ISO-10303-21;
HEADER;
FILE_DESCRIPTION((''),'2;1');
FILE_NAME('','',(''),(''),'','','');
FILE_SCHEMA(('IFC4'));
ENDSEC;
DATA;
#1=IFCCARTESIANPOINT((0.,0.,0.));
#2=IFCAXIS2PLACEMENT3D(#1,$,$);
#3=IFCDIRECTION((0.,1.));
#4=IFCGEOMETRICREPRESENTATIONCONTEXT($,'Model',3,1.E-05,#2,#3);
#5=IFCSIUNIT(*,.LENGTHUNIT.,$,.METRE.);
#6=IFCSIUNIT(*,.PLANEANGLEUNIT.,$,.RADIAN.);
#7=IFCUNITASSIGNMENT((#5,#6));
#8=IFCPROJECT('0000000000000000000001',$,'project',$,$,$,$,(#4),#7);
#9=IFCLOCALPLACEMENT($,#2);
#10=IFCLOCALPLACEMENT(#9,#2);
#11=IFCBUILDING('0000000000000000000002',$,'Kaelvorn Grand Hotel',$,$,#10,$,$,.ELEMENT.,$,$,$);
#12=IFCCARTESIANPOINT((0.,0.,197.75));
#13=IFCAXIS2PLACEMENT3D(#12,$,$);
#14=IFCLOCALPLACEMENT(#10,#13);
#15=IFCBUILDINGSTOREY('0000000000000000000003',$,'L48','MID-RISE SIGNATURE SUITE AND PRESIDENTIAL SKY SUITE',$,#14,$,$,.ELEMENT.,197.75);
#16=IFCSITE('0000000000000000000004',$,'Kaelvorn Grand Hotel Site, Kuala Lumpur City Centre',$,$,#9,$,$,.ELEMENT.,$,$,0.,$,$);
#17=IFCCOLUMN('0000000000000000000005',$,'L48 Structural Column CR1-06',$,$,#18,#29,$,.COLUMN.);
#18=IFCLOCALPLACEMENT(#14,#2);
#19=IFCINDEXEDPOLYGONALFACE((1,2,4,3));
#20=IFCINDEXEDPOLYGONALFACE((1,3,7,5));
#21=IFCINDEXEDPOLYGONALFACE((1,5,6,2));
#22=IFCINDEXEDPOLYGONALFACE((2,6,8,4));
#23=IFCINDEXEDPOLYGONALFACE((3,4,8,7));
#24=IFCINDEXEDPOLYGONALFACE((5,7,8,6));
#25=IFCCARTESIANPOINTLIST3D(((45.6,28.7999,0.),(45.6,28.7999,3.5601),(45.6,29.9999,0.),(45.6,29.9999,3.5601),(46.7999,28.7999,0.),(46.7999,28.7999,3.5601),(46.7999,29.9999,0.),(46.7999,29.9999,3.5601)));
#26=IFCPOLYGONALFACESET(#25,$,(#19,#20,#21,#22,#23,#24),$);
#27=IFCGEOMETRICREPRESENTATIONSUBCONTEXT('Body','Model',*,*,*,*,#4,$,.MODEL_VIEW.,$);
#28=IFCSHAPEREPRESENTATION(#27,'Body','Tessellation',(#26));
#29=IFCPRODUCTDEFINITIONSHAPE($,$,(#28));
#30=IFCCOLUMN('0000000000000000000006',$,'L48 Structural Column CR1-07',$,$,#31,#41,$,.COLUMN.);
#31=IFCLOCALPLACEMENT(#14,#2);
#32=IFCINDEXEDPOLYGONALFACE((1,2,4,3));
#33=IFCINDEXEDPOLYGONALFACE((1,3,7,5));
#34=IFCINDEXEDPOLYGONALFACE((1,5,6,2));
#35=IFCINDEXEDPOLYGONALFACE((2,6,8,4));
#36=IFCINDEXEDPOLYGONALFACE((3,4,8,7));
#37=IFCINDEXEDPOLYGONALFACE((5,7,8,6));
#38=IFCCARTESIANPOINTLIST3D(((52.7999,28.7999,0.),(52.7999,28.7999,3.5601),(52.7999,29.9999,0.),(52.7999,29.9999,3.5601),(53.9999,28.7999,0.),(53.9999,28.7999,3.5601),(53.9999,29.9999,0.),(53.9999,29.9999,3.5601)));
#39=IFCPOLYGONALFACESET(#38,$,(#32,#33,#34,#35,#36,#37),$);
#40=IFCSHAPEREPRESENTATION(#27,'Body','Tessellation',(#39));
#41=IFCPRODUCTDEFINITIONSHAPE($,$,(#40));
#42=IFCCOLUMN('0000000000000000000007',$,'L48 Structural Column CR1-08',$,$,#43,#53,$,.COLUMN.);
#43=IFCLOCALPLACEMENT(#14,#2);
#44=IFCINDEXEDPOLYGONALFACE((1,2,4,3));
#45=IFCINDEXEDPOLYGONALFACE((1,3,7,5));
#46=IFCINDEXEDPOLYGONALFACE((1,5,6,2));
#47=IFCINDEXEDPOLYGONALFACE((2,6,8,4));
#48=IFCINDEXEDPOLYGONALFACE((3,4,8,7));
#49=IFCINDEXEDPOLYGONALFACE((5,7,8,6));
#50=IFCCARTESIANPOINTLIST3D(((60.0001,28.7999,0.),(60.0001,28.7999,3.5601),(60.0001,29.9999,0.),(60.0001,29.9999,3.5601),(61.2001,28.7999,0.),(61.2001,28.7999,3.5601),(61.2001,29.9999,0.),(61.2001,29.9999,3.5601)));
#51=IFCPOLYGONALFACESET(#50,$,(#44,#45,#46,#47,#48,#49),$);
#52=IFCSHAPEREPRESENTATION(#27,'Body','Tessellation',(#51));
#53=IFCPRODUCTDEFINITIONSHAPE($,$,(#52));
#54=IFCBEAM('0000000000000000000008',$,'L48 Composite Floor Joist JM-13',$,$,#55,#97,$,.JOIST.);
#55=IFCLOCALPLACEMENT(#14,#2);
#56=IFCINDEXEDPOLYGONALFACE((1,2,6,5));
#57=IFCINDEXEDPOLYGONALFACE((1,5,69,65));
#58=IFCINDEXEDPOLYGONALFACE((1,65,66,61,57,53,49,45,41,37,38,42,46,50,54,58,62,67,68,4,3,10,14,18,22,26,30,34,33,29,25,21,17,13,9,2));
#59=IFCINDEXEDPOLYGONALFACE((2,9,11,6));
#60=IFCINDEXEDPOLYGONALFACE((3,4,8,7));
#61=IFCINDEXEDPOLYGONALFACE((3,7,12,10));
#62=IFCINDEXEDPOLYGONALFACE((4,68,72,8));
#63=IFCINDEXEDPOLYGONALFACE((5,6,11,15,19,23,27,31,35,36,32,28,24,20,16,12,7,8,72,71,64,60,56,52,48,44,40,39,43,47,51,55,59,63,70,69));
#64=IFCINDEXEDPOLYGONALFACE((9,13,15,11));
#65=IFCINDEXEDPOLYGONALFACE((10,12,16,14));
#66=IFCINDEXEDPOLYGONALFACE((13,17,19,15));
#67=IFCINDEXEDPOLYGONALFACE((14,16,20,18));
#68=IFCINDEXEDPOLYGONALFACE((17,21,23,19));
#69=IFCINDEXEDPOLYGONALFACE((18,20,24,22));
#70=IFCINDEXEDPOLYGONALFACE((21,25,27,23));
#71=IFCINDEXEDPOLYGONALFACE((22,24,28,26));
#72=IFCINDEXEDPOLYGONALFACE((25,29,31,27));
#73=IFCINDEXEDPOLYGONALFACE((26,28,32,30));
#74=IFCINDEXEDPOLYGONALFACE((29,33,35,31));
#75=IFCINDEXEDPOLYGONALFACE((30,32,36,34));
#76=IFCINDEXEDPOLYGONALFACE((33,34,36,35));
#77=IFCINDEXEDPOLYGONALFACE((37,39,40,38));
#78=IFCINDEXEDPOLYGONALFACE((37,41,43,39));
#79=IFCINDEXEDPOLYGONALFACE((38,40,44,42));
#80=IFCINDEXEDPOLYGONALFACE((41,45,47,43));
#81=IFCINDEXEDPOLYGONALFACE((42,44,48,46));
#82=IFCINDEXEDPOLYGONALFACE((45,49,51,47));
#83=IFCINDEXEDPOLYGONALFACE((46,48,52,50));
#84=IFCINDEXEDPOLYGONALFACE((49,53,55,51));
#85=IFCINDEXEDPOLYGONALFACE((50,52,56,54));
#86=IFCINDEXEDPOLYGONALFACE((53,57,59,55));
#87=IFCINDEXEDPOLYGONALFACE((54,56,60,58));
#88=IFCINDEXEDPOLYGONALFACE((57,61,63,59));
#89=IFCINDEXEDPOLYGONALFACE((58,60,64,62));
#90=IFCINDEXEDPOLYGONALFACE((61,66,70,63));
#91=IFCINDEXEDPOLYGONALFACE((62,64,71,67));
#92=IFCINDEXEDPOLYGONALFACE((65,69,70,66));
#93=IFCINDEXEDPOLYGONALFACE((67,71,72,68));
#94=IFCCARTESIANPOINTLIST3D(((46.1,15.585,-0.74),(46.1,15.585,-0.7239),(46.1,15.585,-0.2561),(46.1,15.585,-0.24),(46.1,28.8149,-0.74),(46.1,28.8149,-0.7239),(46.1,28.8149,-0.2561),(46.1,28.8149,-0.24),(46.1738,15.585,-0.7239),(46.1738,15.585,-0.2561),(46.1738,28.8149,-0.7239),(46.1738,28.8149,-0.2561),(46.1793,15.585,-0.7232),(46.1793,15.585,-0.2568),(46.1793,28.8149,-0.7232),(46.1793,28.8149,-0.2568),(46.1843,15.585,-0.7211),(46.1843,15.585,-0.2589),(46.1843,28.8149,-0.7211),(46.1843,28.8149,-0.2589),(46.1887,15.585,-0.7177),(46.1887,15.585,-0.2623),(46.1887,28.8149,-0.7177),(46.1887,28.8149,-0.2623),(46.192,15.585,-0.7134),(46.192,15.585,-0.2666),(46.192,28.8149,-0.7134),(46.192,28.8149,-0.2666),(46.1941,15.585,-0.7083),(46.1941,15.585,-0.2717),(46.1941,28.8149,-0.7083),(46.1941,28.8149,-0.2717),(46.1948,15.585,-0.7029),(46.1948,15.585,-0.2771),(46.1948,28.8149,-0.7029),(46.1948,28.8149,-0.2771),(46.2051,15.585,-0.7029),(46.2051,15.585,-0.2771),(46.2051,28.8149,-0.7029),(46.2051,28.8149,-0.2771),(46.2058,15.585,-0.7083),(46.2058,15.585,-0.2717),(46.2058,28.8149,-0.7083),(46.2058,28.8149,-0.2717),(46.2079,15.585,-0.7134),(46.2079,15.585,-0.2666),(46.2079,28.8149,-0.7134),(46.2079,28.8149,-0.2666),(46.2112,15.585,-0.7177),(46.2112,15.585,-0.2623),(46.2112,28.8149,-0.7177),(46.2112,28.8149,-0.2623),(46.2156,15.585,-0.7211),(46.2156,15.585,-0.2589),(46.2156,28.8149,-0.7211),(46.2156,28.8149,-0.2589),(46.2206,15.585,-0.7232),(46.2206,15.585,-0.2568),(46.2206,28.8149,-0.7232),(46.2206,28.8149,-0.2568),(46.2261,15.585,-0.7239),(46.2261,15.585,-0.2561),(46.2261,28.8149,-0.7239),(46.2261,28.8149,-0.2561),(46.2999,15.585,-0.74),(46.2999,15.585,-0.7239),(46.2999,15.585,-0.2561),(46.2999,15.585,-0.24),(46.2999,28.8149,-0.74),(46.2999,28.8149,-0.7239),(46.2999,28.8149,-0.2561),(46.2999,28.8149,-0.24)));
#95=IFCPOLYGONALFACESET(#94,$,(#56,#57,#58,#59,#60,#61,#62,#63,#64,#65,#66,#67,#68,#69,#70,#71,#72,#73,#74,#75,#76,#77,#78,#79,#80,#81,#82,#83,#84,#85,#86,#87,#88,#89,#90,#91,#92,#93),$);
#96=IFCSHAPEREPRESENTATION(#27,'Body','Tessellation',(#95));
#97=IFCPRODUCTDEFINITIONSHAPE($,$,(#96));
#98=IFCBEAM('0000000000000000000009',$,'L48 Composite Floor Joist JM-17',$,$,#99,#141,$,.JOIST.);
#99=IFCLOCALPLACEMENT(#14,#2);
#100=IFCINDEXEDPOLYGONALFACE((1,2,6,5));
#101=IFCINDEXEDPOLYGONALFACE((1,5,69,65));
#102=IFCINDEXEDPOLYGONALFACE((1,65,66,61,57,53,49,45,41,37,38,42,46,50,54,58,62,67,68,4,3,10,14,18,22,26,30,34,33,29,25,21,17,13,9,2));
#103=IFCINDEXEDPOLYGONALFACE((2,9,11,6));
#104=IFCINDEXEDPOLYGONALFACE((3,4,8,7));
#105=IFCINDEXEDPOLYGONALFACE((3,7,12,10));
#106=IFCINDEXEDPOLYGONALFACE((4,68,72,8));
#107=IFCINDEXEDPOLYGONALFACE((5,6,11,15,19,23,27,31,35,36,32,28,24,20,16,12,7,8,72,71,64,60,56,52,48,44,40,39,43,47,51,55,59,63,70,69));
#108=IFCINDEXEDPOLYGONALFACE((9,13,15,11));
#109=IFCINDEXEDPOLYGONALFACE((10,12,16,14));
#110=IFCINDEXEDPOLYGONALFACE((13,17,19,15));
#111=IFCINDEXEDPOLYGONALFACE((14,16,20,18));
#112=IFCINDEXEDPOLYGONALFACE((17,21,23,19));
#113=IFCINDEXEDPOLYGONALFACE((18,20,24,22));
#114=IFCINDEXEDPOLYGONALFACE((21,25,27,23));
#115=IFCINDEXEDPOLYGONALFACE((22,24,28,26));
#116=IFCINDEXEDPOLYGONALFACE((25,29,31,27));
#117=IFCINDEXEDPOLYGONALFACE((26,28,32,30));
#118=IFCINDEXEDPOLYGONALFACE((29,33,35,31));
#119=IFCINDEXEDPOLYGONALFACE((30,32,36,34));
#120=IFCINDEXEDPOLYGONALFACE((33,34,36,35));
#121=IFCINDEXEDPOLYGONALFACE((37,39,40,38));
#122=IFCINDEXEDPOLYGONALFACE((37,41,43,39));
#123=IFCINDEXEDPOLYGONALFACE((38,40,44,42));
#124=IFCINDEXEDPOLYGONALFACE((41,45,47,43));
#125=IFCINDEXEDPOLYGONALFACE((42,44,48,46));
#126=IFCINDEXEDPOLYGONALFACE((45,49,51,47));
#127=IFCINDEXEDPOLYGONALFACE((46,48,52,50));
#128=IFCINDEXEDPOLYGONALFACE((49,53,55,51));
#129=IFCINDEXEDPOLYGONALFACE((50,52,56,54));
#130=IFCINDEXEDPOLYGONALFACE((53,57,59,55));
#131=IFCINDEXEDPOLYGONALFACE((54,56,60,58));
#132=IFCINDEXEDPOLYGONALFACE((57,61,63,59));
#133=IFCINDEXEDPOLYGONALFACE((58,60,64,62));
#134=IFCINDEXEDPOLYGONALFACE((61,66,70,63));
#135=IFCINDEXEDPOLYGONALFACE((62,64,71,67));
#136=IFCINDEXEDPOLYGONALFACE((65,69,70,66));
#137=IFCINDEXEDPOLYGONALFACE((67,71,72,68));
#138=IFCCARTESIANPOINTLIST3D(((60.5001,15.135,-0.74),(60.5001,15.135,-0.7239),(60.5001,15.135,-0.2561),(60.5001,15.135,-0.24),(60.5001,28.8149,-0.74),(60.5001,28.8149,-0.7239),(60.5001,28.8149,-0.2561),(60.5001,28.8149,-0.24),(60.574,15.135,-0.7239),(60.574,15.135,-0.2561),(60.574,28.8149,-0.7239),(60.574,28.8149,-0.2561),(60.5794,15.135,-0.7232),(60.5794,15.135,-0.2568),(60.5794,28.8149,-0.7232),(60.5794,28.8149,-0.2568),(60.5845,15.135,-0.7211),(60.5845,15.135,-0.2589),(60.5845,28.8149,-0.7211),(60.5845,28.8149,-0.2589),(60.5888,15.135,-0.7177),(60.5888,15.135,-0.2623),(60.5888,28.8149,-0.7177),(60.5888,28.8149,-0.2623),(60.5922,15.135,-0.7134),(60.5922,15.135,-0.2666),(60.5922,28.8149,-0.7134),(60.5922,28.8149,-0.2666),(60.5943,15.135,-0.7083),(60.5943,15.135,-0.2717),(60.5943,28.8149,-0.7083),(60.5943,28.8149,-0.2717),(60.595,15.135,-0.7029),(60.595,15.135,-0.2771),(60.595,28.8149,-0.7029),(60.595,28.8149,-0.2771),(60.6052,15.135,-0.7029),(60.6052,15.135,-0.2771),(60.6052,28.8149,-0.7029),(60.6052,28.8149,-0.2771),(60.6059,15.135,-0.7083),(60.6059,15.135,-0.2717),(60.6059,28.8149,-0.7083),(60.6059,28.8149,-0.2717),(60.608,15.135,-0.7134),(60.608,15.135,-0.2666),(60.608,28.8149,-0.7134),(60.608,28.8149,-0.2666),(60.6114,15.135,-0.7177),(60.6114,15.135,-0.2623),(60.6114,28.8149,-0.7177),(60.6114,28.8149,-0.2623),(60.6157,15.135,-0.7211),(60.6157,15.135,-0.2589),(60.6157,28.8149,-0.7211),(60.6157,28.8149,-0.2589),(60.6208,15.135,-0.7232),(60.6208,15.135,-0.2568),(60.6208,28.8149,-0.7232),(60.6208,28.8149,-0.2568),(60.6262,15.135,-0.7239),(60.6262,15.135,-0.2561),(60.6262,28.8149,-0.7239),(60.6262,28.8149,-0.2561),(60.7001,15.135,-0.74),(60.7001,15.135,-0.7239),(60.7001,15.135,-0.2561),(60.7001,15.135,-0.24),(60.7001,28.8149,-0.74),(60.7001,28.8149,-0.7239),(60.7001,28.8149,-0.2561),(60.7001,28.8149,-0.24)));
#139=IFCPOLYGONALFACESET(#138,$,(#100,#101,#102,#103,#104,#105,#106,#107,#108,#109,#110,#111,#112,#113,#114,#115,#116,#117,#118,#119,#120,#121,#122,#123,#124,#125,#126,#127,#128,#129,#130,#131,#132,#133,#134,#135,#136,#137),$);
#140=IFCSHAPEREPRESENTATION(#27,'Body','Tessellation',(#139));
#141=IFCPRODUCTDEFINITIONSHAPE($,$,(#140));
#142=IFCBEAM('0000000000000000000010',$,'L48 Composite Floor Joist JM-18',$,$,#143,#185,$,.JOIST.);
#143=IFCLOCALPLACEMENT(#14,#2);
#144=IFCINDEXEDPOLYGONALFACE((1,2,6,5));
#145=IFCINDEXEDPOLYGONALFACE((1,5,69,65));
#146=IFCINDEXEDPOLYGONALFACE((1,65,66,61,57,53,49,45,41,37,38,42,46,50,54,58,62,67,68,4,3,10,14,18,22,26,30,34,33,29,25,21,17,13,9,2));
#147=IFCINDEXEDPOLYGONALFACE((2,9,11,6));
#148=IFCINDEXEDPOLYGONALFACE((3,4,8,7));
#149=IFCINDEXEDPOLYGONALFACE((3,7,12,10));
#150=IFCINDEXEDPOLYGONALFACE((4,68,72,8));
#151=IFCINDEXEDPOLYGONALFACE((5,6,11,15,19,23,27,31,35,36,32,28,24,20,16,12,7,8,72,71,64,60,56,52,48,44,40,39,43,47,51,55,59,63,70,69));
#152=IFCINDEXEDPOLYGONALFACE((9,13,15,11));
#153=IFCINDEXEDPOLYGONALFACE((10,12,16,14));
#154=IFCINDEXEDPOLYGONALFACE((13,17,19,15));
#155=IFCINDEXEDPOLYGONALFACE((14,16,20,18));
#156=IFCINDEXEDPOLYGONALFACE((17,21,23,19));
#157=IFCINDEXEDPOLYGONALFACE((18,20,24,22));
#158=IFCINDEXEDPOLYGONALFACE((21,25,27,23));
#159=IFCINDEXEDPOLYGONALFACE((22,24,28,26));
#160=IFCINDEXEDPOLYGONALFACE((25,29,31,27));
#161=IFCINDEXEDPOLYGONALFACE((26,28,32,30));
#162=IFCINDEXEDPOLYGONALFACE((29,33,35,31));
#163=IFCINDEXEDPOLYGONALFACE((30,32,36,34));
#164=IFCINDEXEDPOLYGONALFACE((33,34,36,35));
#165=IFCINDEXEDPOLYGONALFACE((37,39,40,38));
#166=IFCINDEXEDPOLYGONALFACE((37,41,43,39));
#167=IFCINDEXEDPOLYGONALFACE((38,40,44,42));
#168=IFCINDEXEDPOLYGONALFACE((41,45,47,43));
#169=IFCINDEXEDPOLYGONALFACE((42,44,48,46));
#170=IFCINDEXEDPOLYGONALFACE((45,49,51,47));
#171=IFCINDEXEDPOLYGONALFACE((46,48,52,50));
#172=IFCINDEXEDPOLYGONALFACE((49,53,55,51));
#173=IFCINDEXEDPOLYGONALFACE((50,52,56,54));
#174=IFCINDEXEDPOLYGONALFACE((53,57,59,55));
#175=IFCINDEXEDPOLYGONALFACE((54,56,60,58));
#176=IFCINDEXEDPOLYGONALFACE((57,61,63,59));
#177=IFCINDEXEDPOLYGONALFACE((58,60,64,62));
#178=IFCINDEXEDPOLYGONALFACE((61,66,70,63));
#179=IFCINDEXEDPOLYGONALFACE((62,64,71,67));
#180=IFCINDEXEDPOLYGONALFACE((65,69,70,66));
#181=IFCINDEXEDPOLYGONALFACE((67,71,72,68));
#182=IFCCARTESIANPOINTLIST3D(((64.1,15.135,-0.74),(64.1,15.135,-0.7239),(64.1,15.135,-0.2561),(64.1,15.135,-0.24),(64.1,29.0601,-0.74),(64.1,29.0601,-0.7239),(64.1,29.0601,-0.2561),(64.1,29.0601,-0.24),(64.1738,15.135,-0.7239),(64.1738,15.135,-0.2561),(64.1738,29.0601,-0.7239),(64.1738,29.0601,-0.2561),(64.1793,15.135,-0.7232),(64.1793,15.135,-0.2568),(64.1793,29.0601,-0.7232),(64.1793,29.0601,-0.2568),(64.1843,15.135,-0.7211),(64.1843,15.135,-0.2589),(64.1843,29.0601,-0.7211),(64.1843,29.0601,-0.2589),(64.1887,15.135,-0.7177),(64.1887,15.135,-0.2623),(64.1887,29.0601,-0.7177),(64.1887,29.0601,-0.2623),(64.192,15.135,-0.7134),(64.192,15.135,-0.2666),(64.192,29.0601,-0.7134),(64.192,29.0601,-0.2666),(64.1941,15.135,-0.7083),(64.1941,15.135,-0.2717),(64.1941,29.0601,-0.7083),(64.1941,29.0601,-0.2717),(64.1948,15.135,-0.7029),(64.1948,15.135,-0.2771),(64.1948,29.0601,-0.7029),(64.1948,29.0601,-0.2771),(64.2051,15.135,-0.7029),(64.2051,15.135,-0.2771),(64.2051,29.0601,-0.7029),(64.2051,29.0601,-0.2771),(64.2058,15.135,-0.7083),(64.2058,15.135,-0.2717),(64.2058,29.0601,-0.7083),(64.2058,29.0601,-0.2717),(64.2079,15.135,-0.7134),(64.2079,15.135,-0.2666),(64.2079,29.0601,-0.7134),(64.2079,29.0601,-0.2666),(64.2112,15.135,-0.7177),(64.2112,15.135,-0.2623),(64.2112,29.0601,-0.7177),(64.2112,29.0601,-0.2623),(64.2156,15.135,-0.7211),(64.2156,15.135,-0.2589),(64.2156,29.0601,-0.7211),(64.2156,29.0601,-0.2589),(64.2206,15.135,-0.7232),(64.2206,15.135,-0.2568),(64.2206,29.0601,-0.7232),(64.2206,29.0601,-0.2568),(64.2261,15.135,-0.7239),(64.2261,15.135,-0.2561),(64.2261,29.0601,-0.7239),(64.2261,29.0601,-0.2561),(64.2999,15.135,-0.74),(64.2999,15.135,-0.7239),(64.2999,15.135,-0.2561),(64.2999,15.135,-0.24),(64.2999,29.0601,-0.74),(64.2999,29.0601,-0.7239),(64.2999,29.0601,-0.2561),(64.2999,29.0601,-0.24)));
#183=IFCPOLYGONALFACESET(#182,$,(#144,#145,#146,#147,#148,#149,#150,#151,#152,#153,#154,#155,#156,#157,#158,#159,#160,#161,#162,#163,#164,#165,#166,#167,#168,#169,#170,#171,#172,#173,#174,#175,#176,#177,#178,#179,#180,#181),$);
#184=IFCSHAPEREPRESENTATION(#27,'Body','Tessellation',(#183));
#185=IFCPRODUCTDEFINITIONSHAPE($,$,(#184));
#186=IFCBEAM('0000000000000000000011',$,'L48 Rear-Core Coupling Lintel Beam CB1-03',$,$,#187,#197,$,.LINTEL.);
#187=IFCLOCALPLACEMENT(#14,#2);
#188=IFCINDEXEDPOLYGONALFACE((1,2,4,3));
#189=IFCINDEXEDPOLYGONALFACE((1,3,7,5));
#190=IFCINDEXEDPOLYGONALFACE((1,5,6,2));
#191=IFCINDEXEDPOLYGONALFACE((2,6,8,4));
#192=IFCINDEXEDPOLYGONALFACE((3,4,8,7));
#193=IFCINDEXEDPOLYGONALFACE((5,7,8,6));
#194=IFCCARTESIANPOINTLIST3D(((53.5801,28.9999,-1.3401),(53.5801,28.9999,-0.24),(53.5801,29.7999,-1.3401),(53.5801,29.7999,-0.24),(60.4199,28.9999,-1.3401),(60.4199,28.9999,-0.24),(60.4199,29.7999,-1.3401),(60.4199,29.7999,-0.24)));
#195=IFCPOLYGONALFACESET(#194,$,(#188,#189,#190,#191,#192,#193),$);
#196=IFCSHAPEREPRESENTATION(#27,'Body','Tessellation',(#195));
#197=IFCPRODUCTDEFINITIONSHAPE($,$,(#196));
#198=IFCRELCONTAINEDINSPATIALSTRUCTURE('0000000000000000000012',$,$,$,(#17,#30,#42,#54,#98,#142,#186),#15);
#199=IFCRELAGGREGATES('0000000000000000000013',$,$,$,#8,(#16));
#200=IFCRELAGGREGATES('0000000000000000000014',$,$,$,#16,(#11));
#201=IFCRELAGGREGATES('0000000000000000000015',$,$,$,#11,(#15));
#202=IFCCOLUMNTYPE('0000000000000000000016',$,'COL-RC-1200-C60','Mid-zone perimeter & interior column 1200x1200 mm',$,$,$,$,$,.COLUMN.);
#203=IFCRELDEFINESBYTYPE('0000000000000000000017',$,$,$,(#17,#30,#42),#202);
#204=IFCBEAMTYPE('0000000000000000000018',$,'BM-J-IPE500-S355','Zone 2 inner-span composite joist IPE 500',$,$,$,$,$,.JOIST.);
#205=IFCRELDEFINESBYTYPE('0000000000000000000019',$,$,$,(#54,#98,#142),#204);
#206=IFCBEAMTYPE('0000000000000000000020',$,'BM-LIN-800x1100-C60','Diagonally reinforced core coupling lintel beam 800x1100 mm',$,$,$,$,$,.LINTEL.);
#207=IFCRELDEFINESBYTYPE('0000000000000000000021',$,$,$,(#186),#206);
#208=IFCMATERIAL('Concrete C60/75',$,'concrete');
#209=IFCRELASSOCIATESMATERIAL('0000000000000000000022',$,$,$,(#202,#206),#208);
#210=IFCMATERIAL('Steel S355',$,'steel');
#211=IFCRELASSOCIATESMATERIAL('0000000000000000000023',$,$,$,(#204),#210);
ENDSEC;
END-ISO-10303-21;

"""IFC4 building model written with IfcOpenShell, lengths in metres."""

from ifc_helpers import new_model, si_unit, direction, frame, origin, origin_2d, place, context, subcontext, project, spatial, rectangle, i_section, extrude, material, material_profile, profile_set, type_object, element, save


model = new_model("IFC4")

# Units and contexts
model_context = context("Model", 3, precision=1e-05, world=origin(), true_north=direction((0.0, 1.0)))
body_context = subcontext(model_context, "Body", "Model", "MODEL_VIEW")
ifc_project = project(units=[si_unit("LENGTHUNIT", "METRE"), si_unit("PLANEANGLEUNIT", "RADIAN")], contexts=[model_context])

# Site, building, storey
site_placement = place(None, origin())
site = spatial("IfcSite", under=ifc_project, at=site_placement, Name="Kaelvorn Grand Hotel Site, Kuala Lumpur City Centre", CompositionType="ELEMENT", RefElevation=0.0)
building_placement = place(site_placement, origin())
building = spatial("IfcBuilding", under=site, at=building_placement, Name="Kaelvorn Grand Hotel", CompositionType="ELEMENT")
storey_placement = place(building_placement, frame((0.0, 0.0, 197.75)))
storey = spatial("IfcBuildingStorey", under=building, at=storey_placement, Name="L48", Description="MID-RISE SIGNATURE SUITE AND PRESIDENTIAL SKY SUITE", CompositionType="ELEMENT", Elevation=197.75)

# Columns
ifc_material_1 = material(Name="Concrete C60/75", Category="concrete")
ifc_material_profile_1 = material_profile(ifc_material_1, rectangle(XDim=1.2, YDim=1.2, at=origin_2d()), Name="RC COL 1200x1200")
ifc_profile_set_1 = profile_set([ifc_material_profile_1], Name="Concrete C60/75")
column_type = type_object("IfcColumnType", Name="COL-RC-1200-C60", Description="Mid-zone perimeter & interior column 1200x1200 mm", PredefinedType="COLUMN", material=ifc_profile_set_1)
for number, where, z_axis, x_axis, name in (
    (1, (46.2, 29.3999, 0.0), (0.0, 0.0, 1.0), (1.0, 0.0, 0.0), "L48 Structural Column CR1-06"),
    (2, (53.3999, 29.3999, 0.0), (0.0, 0.0, 1.0), (1.0, 0.0, 0.0), "L48 Structural Column CR1-07"),
    (3, (60.6001, 29.3999, 0.0), (0.0, 0.0, 1.0), (1.0, 0.0, 0.0), "L48 Structural Column CR1-08"),
):
    element("IfcColumn", number, at=place(storey_placement, frame(where, z_axis=z_axis, x_axis=x_axis)), inside=storey, type_object=column_type, Name=name, PredefinedType="COLUMN", context=body_context, shape_type="SweptSolid", body=[
        extrude(rectangle(XDim=1.2, YDim=1.2, at=origin_2d()), origin(), (0.0, 0.0, 1.0), 3.5601),
    ])

# Beams
ifc_material_2 = material(Name="Steel S355", Category="steel")
ifc_material_profile_2 = material_profile(ifc_material_2, i_section(OverallWidth=0.2, OverallDepth=0.5, WebThickness=0.0103, FlangeThickness=0.0161, FilletRadius=0.021, at=origin_2d()), Name="IPE 500")
ifc_profile_set_2 = profile_set([ifc_material_profile_2], Name="Steel S355")
beam_type_1 = type_object("IfcBeamType", Name="BM-J-IPE500-S355", Description="Zone 2 inner-span composite joist IPE 500", PredefinedType="JOIST", material=ifc_profile_set_2)
beam_1_placement = place(storey_placement, frame((46.2, 15.585, -0.49), z_axis=(0.0, 1.0, 0.0), x_axis=(-1.0, 0.0, 0.0)))
element("IfcBeam", 4, at=beam_1_placement, inside=storey, type_object=beam_type_1, Name="L48 Composite Floor Joist JM-13", PredefinedType="JOIST", context=body_context, shape_type="SweptSolid", body=[
    extrude(i_section(OverallWidth=0.2, OverallDepth=0.5, WebThickness=0.0103, FlangeThickness=0.0161, FilletRadius=0.021, at=origin_2d()), origin(), (0.0, 0.0, 1.0), 13.23),
])
beam_2_placement = place(storey_placement, frame((60.6001, 15.135, -0.49), z_axis=(0.0, 1.0, 0.0), x_axis=(-1.0, 0.0, 0.0)))
element("IfcBeam", 5, at=beam_2_placement, inside=storey, type_object=beam_type_1, Name="L48 Composite Floor Joist JM-17", PredefinedType="JOIST", context=body_context, shape_type="SweptSolid", body=[
    extrude(i_section(OverallWidth=0.2, OverallDepth=0.5, WebThickness=0.0103, FlangeThickness=0.0161, FilletRadius=0.021, at=origin_2d()), origin(), (0.0, 0.0, 1.0), 13.6799),
])
beam_3_placement = place(storey_placement, frame((64.2, 15.135, -0.49), z_axis=(0.0, 1.0, 0.0), x_axis=(-1.0, 0.0, 0.0)))
element("IfcBeam", 6, at=beam_3_placement, inside=storey, type_object=beam_type_1, Name="L48 Composite Floor Joist JM-18", PredefinedType="JOIST", context=body_context, shape_type="SweptSolid", body=[
    extrude(i_section(OverallWidth=0.2, OverallDepth=0.5, WebThickness=0.0103, FlangeThickness=0.0161, FilletRadius=0.021, at=origin_2d()), origin(), (0.0, 0.0, 1.0), 13.925),
])
ifc_material_profile_3 = material_profile(ifc_material_1, rectangle(XDim=0.8, YDim=1.1001, at=origin_2d()), Name="RC LINTEL 800x1100")
ifc_profile_set_3 = profile_set([ifc_material_profile_3], Name="Concrete C60/75")
beam_type_2 = type_object("IfcBeamType", Name="BM-LIN-800x1100-C60", Description="Diagonally reinforced core coupling lintel beam 800x1100 mm", PredefinedType="LINTEL", material=ifc_profile_set_3)
beam_4_placement = place(storey_placement, frame((53.5801, 29.3999, -0.79), z_axis=(1.0, 0.0, 0.0), x_axis=(0.0, 1.0, 0.0)))
element("IfcBeam", 7, at=beam_4_placement, inside=storey, type_object=beam_type_2, Name="L48 Rear-Core Coupling Lintel Beam CB1-03", PredefinedType="LINTEL", context=body_context, shape_type="SweptSolid", body=[
    extrude(rectangle(XDim=0.8, YDim=1.1001, at=origin_2d()), origin(), (0.0, 0.0, 1.0), 6.8398),
])

save(model, "model.ifc")
